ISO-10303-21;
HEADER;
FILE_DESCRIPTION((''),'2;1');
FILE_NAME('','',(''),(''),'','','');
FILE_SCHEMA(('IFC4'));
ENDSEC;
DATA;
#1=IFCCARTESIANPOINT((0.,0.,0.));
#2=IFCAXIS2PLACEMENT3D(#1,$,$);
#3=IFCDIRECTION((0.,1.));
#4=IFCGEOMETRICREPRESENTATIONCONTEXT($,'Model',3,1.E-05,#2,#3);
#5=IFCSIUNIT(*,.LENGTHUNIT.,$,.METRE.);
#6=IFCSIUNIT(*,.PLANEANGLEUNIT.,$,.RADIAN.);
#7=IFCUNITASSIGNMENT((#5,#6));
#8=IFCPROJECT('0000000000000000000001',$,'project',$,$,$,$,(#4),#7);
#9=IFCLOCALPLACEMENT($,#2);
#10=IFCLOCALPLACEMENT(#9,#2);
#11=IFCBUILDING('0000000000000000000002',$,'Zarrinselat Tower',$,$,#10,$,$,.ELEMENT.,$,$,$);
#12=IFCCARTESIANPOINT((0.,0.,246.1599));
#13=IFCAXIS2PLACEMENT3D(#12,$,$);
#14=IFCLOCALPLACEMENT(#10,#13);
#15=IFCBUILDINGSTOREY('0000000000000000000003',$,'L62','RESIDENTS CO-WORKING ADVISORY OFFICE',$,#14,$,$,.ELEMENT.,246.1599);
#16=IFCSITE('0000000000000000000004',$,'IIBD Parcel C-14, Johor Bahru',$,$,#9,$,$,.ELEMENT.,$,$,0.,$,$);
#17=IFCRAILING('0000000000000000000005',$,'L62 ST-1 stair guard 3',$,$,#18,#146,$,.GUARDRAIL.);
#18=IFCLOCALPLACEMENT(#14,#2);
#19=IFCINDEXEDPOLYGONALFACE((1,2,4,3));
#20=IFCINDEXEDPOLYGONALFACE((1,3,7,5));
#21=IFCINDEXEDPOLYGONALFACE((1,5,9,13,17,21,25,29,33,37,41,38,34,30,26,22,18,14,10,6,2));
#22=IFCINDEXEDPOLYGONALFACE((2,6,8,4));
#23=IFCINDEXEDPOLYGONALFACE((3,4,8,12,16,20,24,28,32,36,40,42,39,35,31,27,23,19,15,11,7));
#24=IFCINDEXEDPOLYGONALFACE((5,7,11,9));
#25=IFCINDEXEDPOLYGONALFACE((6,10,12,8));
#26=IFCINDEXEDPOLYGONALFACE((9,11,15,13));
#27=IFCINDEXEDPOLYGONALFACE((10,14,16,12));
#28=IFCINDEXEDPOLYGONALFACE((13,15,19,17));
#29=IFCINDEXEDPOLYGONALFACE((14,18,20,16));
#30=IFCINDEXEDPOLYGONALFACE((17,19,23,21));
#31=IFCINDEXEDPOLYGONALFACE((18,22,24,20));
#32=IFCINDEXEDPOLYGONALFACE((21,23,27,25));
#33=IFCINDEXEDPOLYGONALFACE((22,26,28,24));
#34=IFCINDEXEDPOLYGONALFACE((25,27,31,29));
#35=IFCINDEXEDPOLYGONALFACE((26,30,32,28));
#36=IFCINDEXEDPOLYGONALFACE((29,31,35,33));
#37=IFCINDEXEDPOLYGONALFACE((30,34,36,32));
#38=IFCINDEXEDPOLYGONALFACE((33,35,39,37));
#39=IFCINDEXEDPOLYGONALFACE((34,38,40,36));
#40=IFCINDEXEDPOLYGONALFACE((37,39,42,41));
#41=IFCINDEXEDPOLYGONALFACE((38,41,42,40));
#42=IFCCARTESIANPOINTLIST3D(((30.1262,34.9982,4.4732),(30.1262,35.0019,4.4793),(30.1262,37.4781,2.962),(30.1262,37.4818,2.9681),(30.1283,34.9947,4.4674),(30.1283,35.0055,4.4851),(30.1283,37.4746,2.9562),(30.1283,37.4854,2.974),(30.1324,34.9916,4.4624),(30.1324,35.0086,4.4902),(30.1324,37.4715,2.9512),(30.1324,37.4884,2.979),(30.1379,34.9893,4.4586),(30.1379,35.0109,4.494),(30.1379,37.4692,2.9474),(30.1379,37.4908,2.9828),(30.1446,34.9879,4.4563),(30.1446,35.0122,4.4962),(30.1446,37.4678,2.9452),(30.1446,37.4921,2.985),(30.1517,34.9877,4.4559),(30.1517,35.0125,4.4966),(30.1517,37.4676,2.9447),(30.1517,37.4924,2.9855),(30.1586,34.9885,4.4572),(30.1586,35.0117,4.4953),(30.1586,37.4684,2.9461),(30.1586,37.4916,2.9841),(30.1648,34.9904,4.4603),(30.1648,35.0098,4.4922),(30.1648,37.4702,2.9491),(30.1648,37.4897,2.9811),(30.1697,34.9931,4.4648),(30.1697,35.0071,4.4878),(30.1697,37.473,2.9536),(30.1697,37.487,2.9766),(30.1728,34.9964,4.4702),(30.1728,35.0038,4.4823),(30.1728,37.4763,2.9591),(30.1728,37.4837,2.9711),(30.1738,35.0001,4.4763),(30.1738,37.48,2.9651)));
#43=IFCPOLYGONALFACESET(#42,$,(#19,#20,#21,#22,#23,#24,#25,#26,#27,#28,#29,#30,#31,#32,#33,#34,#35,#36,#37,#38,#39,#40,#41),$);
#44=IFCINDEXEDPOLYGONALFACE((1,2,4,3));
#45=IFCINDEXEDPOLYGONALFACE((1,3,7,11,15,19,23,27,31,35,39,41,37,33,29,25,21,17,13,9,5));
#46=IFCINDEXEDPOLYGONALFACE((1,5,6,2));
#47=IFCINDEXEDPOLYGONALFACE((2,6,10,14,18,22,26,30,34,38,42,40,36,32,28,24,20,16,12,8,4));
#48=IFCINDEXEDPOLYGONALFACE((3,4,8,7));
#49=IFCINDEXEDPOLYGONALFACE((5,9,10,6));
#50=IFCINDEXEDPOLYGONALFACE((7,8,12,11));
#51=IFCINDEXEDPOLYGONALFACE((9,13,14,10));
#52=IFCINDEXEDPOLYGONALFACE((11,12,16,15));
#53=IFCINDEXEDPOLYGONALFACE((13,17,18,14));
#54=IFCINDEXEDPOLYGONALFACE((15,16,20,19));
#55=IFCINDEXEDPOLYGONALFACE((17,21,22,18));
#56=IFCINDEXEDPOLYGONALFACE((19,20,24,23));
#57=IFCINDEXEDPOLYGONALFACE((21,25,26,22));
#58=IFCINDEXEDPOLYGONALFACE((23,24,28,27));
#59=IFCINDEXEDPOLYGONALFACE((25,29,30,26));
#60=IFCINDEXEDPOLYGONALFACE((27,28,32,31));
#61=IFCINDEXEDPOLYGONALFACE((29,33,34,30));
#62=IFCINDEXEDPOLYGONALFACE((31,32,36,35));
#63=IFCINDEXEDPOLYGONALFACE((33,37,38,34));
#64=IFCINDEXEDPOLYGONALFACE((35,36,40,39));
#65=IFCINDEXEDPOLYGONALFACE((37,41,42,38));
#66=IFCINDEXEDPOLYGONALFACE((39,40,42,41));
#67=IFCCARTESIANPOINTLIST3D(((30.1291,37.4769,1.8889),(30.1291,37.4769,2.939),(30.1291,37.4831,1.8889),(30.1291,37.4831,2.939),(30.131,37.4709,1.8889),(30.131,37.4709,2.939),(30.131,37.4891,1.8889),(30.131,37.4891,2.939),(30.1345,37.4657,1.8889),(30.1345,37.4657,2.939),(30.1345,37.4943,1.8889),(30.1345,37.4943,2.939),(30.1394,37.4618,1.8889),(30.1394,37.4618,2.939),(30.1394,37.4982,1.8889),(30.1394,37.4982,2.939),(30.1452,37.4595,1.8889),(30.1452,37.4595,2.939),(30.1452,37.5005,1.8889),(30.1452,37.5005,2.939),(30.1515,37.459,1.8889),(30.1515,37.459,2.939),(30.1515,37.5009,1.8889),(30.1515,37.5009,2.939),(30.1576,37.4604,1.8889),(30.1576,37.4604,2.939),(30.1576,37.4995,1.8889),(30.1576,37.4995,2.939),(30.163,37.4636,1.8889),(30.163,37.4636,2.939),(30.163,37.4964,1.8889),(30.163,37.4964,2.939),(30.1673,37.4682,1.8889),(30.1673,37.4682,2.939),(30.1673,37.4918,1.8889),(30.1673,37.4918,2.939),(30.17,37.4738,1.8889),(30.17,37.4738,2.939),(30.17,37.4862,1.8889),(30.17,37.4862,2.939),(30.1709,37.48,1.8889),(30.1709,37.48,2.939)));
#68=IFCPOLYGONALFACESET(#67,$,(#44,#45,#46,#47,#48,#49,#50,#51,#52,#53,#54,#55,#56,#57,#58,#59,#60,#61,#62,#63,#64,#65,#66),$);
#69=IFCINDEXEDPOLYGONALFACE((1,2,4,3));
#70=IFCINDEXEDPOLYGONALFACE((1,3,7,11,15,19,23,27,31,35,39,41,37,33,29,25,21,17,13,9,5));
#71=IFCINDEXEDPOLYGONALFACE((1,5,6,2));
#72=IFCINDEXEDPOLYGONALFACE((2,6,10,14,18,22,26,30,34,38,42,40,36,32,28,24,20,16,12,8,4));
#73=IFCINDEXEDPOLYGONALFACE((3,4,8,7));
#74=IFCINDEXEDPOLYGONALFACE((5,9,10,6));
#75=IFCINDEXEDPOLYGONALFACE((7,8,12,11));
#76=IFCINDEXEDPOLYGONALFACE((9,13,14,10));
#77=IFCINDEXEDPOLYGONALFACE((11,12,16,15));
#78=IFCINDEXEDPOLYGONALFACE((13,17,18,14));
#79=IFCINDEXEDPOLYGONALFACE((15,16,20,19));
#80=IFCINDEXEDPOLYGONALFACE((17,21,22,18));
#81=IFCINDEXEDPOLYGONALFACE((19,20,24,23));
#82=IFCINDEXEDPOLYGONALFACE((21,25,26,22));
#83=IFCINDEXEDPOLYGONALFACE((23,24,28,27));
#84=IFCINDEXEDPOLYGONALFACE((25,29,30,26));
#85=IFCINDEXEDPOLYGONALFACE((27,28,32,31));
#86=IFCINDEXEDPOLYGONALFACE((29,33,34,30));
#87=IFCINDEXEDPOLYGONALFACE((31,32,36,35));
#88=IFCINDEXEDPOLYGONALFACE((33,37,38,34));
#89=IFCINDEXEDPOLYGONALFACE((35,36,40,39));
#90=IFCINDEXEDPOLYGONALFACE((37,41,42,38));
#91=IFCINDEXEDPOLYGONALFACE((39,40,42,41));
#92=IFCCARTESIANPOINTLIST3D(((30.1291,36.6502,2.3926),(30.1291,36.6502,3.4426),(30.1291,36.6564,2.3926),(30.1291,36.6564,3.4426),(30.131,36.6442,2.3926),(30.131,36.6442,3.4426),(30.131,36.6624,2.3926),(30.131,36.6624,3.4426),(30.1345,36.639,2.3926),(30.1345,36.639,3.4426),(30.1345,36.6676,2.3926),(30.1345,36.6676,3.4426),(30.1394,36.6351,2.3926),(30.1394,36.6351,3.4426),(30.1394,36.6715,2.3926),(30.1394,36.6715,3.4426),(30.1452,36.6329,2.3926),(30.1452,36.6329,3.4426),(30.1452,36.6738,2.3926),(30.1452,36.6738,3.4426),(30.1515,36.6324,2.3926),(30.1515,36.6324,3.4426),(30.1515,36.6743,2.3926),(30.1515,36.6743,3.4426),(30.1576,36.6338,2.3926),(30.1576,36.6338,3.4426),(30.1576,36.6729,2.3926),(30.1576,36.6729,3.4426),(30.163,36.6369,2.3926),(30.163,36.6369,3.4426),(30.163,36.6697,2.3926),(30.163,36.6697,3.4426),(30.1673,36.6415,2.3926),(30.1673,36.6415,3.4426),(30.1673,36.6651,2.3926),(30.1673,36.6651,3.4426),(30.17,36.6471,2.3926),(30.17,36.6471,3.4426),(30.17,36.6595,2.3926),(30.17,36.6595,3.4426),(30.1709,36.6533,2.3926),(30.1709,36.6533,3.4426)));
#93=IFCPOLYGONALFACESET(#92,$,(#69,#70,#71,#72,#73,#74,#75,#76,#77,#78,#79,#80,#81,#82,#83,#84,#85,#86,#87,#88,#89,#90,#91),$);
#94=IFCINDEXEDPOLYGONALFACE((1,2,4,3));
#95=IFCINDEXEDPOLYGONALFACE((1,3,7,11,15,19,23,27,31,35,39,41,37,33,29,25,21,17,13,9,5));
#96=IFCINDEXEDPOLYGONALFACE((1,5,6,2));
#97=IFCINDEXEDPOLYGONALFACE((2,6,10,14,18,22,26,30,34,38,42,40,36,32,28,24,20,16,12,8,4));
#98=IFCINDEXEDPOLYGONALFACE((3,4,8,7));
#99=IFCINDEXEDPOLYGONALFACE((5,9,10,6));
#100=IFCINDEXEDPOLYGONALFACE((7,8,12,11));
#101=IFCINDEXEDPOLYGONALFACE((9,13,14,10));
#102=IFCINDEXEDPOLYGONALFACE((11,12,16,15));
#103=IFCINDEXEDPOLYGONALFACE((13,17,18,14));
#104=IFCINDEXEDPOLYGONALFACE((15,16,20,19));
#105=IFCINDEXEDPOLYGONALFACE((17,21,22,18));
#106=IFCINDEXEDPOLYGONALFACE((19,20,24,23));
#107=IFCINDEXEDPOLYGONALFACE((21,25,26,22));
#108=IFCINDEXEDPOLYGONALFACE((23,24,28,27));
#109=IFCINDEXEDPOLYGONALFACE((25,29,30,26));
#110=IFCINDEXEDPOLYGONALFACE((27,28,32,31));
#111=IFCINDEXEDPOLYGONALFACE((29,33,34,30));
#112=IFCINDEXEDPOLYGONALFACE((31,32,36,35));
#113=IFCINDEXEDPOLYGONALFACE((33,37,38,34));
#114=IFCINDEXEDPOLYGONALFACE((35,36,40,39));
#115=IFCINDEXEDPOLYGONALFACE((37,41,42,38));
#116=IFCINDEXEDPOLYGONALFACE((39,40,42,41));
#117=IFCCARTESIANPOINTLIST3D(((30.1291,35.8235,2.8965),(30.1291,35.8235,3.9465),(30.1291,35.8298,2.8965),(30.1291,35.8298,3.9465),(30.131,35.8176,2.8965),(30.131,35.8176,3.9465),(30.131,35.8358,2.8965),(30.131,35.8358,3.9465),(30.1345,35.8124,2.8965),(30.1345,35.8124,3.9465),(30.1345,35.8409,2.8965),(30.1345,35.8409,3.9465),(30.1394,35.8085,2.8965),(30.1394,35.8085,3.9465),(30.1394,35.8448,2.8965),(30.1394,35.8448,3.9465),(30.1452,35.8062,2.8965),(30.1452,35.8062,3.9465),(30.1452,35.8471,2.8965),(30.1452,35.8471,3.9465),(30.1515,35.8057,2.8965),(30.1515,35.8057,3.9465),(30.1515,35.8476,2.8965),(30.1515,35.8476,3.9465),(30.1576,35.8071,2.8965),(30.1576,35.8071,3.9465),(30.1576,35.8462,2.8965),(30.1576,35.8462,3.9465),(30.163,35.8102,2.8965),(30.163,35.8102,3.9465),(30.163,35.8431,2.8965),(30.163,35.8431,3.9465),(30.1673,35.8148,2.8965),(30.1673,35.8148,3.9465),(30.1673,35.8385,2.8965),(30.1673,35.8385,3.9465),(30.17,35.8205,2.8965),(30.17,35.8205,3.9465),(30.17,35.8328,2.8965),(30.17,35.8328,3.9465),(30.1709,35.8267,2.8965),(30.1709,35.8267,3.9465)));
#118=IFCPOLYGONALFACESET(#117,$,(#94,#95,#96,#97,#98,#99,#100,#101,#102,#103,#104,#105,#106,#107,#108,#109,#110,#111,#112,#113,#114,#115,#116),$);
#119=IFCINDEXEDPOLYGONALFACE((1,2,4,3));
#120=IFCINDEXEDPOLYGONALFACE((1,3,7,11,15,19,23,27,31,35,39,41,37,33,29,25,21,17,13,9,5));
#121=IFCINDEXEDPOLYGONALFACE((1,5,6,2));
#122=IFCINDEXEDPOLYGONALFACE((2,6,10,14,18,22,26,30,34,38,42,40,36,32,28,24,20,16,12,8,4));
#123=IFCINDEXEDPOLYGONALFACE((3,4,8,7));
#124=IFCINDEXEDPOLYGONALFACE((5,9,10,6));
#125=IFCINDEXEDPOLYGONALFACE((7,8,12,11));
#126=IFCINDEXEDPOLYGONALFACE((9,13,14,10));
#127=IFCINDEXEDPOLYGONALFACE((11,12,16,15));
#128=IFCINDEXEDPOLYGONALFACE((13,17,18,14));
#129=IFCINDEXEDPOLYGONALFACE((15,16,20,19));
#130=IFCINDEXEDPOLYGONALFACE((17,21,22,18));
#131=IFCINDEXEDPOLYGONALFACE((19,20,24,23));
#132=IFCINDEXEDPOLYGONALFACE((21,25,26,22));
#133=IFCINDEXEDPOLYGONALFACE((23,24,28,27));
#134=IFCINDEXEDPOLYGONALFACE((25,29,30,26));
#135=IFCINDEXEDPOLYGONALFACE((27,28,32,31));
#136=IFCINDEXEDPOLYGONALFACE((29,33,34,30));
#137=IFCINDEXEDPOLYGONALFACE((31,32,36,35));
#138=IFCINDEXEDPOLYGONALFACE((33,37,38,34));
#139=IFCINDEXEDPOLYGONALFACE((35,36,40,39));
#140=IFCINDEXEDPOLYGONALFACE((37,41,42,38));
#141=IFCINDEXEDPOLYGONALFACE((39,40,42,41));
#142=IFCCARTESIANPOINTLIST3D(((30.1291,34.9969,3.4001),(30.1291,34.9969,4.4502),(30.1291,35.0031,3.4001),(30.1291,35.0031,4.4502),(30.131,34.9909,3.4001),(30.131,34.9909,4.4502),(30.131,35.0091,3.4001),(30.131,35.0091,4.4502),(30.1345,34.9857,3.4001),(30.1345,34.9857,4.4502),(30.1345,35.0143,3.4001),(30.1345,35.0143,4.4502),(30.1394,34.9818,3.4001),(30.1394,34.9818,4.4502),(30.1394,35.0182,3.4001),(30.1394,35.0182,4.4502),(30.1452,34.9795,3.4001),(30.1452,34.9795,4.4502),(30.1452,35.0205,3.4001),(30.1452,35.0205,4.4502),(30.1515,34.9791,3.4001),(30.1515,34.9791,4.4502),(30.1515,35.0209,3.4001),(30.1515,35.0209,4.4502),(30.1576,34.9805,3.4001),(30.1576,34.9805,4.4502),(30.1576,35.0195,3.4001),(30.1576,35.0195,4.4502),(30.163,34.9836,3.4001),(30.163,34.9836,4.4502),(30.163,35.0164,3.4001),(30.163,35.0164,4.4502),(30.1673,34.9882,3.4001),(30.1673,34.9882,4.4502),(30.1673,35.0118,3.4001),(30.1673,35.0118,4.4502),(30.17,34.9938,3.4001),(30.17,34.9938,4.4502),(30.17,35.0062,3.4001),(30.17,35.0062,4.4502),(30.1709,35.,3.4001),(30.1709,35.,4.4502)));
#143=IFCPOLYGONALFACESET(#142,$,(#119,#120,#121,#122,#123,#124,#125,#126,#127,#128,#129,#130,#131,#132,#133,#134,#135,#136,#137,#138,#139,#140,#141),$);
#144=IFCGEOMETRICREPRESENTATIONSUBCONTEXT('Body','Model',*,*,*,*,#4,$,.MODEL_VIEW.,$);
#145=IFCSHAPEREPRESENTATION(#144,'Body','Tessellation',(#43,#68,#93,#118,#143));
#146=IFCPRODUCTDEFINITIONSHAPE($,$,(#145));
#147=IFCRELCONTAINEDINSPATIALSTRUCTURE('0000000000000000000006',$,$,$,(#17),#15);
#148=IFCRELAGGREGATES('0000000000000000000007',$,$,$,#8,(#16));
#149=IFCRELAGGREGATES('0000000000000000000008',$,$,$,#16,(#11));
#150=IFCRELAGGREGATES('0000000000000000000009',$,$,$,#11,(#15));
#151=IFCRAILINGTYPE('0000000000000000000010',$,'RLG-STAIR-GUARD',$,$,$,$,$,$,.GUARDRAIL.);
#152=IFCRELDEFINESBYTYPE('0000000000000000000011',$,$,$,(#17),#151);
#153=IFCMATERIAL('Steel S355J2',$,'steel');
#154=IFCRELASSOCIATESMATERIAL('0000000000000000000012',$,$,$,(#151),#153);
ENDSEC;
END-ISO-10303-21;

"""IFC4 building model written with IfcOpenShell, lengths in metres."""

from ifc_helpers import new_model, si_unit, direction, frame, origin, origin_2d, place, context, subcontext, project, spatial, circle, extrude, material, type_object, element, save


model = new_model("IFC4")

# Units and contexts
model_context = context("Model", 3, precision=1e-05, world=origin(), true_north=direction((0.0, 1.0)))
body_context = subcontext(model_context, "Body", "Model", "MODEL_VIEW")
ifc_project = project(units=[si_unit("LENGTHUNIT", "METRE"), si_unit("PLANEANGLEUNIT", "RADIAN")], contexts=[model_context])

# Site, building, storey
site_placement = place(None, origin())
site = spatial("IfcSite", under=ifc_project, at=site_placement, Name="IIBD Parcel C-14, Johor Bahru", CompositionType="ELEMENT", RefElevation=0.0)
building_placement = place(site_placement, origin())
building = spatial("IfcBuilding", under=site, at=building_placement, Name="Zarrinselat Tower", CompositionType="ELEMENT")
storey_placement = place(building_placement, frame((0.0, 0.0, 246.1599)))
storey = spatial("IfcBuildingStorey", under=building, at=storey_placement, Name="L62", Description="RESIDENTS CO-WORKING ADVISORY OFFICE", CompositionType="ELEMENT", Elevation=246.1599)

# Railing
ifc_material_1 = material(Name="Steel S355J2", Category="steel")
railing_type_1 = type_object("IfcRailingType", Name="RLG-STAIR-GUARD", PredefinedType="GUARDRAIL", material=ifc_material_1)
railing_1_placement = place(storey_placement, frame((30.1499, 37.48, 1.8889)))
element("IfcRailing", 1, at=railing_1_placement, inside=storey, type_object=railing_type_1, Name="L62 ST-1 stair guard 3", PredefinedType="GUARDRAIL", context=body_context, shape_type="SweptSolid", body=[
    extrude(circle(Radius=0.0239, at=origin_2d()), frame((0.0, 0.0, 1.0762), z_axis=(0.0, -0.853942, 0.520368), x_axis=(1.0, 0.0, 0.0)), (0.0, 0.0, 1.0), 2.9041),
    extrude(circle(Radius=0.021, at=origin_2d()), origin(), (0.0, 0.0, 1.0), 1.05),
    extrude(circle(Radius=0.021, at=origin_2d()), frame((0.0, -0.8267, 0.5037)), (0.0, 0.0, 1.0), 1.05),
    extrude(circle(Radius=0.021, at=origin_2d()), frame((0.0, -1.6533, 1.0076)), (0.0, 0.0, 1.0), 1.05),
    extrude(circle(Radius=0.021, at=origin_2d()), frame((0.0, -2.48, 1.5112)), (0.0, 0.0, 1.0), 1.05),
])

save(model, "model.ifc")
